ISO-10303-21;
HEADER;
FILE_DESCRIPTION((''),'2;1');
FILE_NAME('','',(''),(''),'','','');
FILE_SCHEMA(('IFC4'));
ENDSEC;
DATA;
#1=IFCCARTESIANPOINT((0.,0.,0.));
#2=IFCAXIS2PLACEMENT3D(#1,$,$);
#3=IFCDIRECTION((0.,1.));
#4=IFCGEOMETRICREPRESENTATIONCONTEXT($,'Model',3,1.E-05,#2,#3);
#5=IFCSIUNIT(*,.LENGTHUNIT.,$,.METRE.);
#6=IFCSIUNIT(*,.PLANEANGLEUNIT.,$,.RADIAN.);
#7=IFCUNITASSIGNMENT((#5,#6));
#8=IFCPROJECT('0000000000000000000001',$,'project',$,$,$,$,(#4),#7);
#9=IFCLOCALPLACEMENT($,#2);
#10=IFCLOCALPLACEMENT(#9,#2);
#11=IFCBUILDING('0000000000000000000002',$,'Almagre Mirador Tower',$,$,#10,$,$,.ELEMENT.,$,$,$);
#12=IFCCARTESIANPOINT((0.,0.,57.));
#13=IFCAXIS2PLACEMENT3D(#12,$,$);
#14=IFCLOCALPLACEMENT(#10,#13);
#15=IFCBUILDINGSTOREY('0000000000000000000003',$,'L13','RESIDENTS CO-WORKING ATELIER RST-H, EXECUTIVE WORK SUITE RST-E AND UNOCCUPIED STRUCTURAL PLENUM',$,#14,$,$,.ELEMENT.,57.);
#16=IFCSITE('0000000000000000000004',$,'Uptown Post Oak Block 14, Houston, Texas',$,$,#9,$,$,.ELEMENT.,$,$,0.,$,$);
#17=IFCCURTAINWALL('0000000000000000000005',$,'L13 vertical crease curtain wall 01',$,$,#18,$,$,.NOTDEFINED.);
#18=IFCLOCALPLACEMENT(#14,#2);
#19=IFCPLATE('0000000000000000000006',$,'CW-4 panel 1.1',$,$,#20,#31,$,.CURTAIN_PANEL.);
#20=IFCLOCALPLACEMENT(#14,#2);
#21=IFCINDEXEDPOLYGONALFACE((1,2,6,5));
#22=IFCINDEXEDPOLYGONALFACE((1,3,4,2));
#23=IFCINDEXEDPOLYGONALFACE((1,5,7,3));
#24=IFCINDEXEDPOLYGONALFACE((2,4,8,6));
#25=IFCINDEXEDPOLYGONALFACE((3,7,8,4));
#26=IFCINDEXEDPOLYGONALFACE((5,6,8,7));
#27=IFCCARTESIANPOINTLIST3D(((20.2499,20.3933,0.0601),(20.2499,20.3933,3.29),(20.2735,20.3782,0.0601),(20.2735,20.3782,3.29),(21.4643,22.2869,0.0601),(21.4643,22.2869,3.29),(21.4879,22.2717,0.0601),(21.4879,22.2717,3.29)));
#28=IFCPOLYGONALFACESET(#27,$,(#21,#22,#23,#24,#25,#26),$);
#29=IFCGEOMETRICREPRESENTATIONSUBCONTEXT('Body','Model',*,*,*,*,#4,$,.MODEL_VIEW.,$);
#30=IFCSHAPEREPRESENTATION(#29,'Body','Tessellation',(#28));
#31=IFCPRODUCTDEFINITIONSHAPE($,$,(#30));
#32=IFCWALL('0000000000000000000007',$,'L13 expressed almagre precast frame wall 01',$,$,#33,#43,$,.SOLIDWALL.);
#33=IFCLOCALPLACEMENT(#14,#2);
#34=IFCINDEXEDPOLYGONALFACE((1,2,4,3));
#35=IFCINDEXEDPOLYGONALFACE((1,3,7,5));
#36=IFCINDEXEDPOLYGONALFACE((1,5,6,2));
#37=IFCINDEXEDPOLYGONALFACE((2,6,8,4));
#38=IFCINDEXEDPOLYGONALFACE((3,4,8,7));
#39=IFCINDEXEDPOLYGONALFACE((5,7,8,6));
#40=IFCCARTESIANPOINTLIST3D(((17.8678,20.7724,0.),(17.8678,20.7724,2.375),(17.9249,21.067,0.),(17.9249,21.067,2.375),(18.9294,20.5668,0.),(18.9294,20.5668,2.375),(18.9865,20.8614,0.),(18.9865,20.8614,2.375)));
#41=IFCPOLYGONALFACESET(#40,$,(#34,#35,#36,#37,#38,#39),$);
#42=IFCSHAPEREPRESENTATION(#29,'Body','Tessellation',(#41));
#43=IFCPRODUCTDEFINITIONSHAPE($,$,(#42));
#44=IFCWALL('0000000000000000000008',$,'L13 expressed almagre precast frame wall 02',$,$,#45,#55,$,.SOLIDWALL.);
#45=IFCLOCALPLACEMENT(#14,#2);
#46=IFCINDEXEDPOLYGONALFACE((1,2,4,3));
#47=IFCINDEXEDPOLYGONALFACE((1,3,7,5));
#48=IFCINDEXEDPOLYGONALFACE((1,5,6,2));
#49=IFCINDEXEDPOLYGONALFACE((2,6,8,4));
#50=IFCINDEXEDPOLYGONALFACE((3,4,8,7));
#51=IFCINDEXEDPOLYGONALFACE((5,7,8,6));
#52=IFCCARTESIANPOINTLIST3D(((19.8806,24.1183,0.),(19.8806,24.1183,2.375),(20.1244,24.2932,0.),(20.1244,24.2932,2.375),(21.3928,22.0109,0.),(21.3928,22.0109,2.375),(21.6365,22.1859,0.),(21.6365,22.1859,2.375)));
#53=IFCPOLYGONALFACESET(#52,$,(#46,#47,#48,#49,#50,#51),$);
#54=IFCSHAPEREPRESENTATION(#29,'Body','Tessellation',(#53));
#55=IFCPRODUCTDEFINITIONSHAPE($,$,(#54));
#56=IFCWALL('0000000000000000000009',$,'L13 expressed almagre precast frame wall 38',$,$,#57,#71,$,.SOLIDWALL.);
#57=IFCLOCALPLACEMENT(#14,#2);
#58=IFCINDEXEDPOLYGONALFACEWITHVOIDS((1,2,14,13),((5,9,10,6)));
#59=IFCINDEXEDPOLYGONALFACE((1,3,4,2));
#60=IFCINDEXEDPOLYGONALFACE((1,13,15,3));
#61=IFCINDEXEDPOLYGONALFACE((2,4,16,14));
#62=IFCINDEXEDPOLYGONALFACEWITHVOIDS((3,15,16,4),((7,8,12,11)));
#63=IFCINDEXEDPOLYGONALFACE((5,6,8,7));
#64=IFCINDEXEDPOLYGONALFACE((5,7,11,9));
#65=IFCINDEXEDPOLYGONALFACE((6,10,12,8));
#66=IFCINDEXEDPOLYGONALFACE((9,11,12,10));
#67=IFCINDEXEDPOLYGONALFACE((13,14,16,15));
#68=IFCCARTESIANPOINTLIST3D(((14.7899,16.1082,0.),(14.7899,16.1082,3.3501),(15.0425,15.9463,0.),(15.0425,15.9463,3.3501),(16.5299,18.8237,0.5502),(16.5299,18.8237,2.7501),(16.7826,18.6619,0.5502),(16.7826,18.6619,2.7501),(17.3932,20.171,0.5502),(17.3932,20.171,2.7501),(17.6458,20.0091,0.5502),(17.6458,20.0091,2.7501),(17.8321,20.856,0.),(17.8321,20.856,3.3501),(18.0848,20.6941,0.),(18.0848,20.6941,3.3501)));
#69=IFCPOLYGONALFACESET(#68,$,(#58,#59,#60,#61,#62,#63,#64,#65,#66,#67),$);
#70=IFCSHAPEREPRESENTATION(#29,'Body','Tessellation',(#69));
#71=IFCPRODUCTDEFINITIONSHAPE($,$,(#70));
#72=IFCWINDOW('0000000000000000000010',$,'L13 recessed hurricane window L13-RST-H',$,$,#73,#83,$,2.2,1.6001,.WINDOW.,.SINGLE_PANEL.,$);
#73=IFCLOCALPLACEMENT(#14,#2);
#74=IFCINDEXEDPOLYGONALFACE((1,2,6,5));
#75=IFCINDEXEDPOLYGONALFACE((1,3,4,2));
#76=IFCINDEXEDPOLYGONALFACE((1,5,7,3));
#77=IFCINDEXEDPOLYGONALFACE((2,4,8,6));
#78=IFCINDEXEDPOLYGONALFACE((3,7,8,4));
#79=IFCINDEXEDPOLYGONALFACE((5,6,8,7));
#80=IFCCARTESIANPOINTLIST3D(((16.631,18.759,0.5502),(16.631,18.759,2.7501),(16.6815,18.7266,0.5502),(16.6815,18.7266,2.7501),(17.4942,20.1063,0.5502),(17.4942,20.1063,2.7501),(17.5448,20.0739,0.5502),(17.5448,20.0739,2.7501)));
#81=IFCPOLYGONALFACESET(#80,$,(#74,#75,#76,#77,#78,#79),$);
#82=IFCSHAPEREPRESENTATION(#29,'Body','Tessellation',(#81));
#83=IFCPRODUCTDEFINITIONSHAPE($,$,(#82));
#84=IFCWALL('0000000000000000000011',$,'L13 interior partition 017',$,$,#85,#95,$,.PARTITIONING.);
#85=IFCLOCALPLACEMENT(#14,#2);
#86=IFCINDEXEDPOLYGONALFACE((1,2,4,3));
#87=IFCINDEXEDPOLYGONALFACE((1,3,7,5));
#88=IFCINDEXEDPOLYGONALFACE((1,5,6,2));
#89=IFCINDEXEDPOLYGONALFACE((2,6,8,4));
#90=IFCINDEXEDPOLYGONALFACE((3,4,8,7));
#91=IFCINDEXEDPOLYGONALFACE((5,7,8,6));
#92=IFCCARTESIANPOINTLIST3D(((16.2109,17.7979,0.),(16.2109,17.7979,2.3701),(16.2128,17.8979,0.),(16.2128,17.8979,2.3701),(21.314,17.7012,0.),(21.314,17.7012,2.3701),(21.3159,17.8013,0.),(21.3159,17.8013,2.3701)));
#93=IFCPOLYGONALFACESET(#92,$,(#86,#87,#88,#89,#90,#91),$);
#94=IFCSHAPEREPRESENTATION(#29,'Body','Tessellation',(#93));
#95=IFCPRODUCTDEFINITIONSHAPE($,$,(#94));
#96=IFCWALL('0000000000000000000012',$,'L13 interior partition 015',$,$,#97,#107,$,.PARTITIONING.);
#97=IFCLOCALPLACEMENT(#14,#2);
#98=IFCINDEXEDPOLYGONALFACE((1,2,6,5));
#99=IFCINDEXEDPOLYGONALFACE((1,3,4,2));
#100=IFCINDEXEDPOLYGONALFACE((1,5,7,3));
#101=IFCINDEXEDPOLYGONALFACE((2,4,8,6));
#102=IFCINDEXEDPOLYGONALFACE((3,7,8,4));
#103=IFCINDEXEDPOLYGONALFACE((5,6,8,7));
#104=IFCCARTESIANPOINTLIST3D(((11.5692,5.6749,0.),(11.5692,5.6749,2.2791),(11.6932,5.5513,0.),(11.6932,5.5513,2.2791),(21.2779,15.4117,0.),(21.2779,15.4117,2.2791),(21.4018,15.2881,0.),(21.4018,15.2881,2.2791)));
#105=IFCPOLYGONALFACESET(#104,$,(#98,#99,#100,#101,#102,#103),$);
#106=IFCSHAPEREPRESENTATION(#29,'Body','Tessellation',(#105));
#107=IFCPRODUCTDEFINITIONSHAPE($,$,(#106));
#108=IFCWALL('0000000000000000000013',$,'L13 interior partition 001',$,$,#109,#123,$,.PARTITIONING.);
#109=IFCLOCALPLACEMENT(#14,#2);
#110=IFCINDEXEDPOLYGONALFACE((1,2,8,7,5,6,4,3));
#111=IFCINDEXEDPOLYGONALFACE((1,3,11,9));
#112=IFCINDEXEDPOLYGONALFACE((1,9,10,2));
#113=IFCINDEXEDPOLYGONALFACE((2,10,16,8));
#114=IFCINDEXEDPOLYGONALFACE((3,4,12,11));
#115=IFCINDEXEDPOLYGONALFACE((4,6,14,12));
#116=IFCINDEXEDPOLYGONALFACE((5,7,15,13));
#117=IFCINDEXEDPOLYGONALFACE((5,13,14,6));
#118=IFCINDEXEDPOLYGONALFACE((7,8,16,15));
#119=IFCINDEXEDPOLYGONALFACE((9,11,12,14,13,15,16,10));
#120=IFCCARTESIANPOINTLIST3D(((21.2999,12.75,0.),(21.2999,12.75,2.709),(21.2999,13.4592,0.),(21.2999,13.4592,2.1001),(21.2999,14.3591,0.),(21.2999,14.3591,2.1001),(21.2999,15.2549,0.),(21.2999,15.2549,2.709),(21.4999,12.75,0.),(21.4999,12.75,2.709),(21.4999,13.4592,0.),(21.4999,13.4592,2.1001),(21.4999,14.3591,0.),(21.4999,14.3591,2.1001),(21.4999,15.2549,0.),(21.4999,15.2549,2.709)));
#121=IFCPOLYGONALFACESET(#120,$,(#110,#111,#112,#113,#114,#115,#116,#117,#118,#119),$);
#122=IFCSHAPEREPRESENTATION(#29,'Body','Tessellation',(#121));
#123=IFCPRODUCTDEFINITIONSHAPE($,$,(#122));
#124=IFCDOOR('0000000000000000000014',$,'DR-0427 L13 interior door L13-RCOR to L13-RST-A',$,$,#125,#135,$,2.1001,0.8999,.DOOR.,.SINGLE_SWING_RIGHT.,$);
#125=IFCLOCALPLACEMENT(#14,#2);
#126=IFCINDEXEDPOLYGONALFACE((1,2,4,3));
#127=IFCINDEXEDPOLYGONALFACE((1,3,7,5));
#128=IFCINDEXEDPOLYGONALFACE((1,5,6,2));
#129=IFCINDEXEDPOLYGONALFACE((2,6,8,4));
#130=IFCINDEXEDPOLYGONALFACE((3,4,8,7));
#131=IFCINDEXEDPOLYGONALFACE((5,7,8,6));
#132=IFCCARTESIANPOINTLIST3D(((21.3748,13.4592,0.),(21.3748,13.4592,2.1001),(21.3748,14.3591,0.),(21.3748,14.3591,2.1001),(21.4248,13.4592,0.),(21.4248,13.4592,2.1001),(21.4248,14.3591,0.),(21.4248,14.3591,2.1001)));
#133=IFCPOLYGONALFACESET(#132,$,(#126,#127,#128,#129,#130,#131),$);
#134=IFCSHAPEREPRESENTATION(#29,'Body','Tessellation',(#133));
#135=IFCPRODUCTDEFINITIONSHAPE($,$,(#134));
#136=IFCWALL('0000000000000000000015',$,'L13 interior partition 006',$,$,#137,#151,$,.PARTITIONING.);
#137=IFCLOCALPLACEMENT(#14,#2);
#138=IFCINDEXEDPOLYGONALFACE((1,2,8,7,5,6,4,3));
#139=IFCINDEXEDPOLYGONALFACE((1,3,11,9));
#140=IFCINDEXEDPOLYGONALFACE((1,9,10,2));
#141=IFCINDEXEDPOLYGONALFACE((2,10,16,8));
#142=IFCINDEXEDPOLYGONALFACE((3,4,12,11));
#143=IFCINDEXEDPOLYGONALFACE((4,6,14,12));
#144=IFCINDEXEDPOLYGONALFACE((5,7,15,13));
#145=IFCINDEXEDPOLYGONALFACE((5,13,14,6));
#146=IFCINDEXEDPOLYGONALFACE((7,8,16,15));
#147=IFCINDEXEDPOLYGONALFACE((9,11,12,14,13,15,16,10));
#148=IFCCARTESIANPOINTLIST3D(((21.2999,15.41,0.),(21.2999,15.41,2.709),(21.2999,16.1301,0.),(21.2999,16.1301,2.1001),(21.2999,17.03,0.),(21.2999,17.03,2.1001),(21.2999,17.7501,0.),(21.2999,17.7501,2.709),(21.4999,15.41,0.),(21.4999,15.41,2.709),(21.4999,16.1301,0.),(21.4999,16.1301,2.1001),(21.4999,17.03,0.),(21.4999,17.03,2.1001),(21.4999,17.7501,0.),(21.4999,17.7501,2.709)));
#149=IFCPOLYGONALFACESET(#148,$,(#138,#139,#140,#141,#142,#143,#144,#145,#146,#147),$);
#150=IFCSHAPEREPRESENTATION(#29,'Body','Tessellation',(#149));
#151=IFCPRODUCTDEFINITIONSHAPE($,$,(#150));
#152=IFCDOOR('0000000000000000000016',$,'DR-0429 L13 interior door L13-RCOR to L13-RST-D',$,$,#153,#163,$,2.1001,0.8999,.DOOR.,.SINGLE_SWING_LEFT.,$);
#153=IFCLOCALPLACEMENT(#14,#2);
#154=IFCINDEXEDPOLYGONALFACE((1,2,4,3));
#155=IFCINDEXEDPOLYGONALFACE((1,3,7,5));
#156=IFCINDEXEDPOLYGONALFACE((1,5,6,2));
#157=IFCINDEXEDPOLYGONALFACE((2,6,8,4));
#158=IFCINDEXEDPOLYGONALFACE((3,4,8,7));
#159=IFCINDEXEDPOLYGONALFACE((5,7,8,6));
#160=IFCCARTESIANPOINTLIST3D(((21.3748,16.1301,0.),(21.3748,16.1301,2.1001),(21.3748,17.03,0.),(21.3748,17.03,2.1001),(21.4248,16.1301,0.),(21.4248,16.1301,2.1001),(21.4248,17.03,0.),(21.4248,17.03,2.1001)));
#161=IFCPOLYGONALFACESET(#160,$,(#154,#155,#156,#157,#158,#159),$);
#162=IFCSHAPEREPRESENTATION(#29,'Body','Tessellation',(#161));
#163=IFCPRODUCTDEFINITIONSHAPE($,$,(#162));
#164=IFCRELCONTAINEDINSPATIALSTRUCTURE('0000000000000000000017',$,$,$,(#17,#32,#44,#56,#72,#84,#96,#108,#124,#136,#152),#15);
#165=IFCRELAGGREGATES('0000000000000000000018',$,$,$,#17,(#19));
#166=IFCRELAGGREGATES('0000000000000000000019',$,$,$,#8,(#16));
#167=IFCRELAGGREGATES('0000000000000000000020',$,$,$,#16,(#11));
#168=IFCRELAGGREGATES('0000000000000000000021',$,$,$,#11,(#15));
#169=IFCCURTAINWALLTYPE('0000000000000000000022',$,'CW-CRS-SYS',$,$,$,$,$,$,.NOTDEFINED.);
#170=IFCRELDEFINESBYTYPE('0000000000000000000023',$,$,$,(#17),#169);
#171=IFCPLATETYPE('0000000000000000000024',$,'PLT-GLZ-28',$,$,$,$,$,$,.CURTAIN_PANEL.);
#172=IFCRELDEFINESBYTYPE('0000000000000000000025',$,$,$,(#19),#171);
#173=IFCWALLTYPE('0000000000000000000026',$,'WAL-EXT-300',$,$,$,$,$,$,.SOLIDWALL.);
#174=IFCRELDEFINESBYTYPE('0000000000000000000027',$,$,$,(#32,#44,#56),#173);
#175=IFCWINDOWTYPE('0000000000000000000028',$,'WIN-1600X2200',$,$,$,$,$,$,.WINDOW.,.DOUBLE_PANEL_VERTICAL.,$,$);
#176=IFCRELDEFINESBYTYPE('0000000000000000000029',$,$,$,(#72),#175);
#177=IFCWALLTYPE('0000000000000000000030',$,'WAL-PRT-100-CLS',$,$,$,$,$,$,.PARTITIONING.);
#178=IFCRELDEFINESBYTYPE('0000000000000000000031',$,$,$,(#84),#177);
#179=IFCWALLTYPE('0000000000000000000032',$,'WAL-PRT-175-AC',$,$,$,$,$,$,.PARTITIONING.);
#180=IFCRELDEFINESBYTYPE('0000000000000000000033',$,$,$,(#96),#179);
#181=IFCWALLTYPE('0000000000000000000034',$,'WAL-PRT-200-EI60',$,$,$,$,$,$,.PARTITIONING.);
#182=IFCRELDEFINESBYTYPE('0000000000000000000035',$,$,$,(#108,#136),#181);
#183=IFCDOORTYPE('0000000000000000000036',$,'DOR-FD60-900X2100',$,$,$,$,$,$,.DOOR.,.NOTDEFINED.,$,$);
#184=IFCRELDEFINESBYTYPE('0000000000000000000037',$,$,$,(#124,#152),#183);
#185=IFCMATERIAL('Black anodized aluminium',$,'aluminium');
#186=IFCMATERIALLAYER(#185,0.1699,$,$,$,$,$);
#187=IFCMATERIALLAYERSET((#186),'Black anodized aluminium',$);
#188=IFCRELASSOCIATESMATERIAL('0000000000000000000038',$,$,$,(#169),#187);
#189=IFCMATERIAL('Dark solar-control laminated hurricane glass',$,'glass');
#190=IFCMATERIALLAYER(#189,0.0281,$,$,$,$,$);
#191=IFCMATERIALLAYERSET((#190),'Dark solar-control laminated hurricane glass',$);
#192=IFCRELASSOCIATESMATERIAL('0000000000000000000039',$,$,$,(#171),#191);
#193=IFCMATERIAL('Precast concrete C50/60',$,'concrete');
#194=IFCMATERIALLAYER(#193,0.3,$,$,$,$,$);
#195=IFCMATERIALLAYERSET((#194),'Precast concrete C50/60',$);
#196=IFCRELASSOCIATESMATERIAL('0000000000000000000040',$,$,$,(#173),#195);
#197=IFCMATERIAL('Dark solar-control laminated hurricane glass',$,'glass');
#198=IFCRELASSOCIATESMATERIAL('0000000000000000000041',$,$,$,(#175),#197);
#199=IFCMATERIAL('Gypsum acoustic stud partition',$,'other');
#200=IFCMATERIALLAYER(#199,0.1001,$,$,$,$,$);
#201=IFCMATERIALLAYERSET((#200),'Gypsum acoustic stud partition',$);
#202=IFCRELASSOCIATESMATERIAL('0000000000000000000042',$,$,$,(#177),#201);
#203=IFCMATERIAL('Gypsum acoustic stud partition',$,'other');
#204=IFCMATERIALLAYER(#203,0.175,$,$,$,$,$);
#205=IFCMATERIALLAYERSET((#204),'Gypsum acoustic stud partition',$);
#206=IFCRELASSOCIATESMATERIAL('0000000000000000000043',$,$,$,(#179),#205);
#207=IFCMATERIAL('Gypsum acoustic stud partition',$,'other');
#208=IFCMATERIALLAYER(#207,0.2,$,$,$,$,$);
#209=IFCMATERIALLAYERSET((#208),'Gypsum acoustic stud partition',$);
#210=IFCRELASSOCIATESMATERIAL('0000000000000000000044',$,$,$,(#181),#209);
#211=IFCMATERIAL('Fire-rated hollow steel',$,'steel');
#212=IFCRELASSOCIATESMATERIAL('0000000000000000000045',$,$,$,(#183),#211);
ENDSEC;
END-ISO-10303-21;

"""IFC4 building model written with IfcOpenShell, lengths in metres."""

from ifc_helpers import new_model, si_unit, direction, frame, frame_2d, origin, origin_2d, place, context, subcontext, project, spatial, rectangle, extrude, material, layer, layer_set, type_object, element, fill, aggregate, save


model = new_model("IFC4")

# Units and contexts
model_context = context("Model", 3, precision=1e-05, world=origin(), true_north=direction((0.0, 1.0)))
body_context = subcontext(model_context, "Body", "Model", "MODEL_VIEW")
ifc_project = project(units=[si_unit("LENGTHUNIT", "METRE"), si_unit("PLANEANGLEUNIT", "RADIAN")], contexts=[model_context])

# Site, building, storey
site_placement = place(None, origin())
site = spatial("IfcSite", under=ifc_project, at=site_placement, Name="Uptown Post Oak Block 14, Houston, Texas", CompositionType="ELEMENT", RefElevation=0.0)
building_placement = place(site_placement, origin())
building = spatial("IfcBuilding", under=site, at=building_placement, Name="Almagre Mirador Tower", CompositionType="ELEMENT")
storey_placement = place(building_placement, frame((0.0, 0.0, 57.0)))
storey = spatial("IfcBuildingStorey", under=building, at=storey_placement, Name="L13", Description="RESIDENTS CO-WORKING ATELIER RST-H, EXECUTIVE WORK SUITE RST-E AND UNOCCUPIED STRUCTURAL PLENUM", CompositionType="ELEMENT", Elevation=57.0)

# Curtain wall, plate
ifc_material_1 = material(Name="Black anodized aluminium", Category="aluminium")
ifc_layer_1 = layer(ifc_material_1, 0.1699)
ifc_layer_set_1 = layer_set([ifc_layer_1], Name="Black anodized aluminium")
curtain_wall_type = type_object("IfcCurtainWallType", Name="CW-CRS-SYS", PredefinedType="NOTDEFINED", material=ifc_layer_set_1)
curtain_wall_placement = place(storey_placement, origin())
curtain_wall = element("IfcCurtainWall", 1, at=curtain_wall_placement, inside=storey, type_object=curtain_wall_type, Name="L13 vertical crease curtain wall 01", PredefinedType="NOTDEFINED")
ifc_material_2 = material(Name="Dark solar-control laminated hurricane glass", Category="glass")
ifc_layer_2 = layer(ifc_material_2, 0.0281)
ifc_layer_set_2 = layer_set([ifc_layer_2], Name="Dark solar-control laminated hurricane glass")
plate_type = type_object("IfcPlateType", Name="PLT-GLZ-28", PredefinedType="CURTAIN_PANEL", material=ifc_layer_set_2)
plate_placement = place(storey_placement, frame((20.8689, 21.3325, 0.0601), z_axis=(0.0, 0.0, 1.0), x_axis=(0.539849, 0.841762, 0.0)))
plate = element("IfcPlate", 2, at=plate_placement, type_object=plate_type, Name="CW-4 panel 1.1", PredefinedType="CURTAIN_PANEL", context=body_context, shape_type="SweptSolid", body=[
    extrude(rectangle(XDim=2.2495, YDim=0.0281, at=origin_2d()), origin(), (0.0, 0.0, 1.0), 3.23),
])
aggregate(curtain_wall, [plate])

# Walls
ifc_material_3 = material(Name="Precast concrete C50/60", Category="concrete")
ifc_layer_3 = layer(ifc_material_3, 0.3)
ifc_layer_set_3 = layer_set([ifc_layer_3], Name="Precast concrete C50/60")
wall_type_1 = type_object("IfcWallType", Name="WAL-EXT-300", PredefinedType="SOLIDWALL", material=ifc_layer_set_3)
wall_1_placement = place(storey_placement, frame((17.8965, 20.9197, 0.0), z_axis=(0.0, 0.0, 1.0), x_axis=(0.981761, -0.19012, 0.0)))
element("IfcWall", 3, at=wall_1_placement, inside=storey, type_object=wall_type_1, Name="L13 expressed almagre precast frame wall 01", PredefinedType="SOLIDWALL", context=body_context, shape_type="SweptSolid", body=[
    extrude(rectangle(XDim=1.0813, YDim=0.3, at=frame_2d((0.5405, 0.0))), origin(), (0.0, 0.0, 1.0), 2.375),
])
wall_2_placement = place(storey_placement, frame((21.5146, 22.0984, 0.0), z_axis=(0.0, 0.0, 1.0), x_axis=(-0.583, 0.812472, 0.0)))
element("IfcWall", 4, at=wall_2_placement, inside=storey, type_object=wall_type_1, Name="L13 expressed almagre precast frame wall 02", PredefinedType="SOLIDWALL", context=body_context, shape_type="SweptSolid", body=[
    extrude(rectangle(XDim=2.5938, YDim=0.3, at=frame_2d((1.2969, 0.0))), origin(), (0.0, 0.0, 1.0), 2.375),
])

# Wall, opening, window
wall_3_placement = place(storey_placement, frame((14.9163, 16.0273, 0.0), z_axis=(0.0, 0.0, 1.0), x_axis=(0.539512, 0.841978, 0.0)))
wall_3 = element("IfcWall", 5, at=wall_3_placement, inside=storey, type_object=wall_type_1, Name="L13 expressed almagre precast frame wall 38", PredefinedType="SOLIDWALL", context=body_context, shape_type="SweptSolid", body=[
    extrude(rectangle(XDim=5.6389, YDim=0.3, at=frame_2d((2.8193, 0.0))), origin(), (0.0, 0.0, 1.0), 3.3501),
])
opening_1_placement = place(wall_3_placement, frame((3.2251, 0.0, 0.55)))
opening_1 = element("IfcOpeningElement", 6, at=opening_1_placement, cuts=wall_3, PredefinedType="OPENING", context=body_context, shape_type="SweptSolid", body=[
    extrude(rectangle(XDim=1.6001, YDim=2.2, at=frame_2d((0.8, 1.1001))), frame((0.0, 0.1599, 0.0), z_axis=(0.0, -1.0, 0.0), x_axis=(1.0, 0.0, 0.0)), (0.0, 0.0, 1.0), 0.32),
])
ifc_material_4 = material(Name="Dark solar-control laminated hurricane glass", Category="glass")
window_type = type_object("IfcWindowType", Name="WIN-1600X2200", PartitioningType="DOUBLE_PANEL_VERTICAL", PredefinedType="WINDOW", material=ifc_material_4)
window_placement = place(opening_1_placement, origin())
window = element("IfcWindow", 7, at=window_placement, inside=storey, type_object=window_type, Name="L13 recessed hurricane window L13-RST-H", OverallHeight=2.2, OverallWidth=1.6001, PartitioningType="SINGLE_PANEL", PredefinedType="WINDOW", context=body_context, shape_type="SweptSolid", body=[
    extrude(rectangle(XDim=1.6001, YDim=2.2, at=frame_2d((0.8, 1.1001))), frame((0.0, 0.03, 0.0), z_axis=(0.0, -1.0, 0.0), x_axis=(1.0, 0.0, 0.0)), (0.0, 0.0, 1.0), 0.0601),
])
fill(opening_1, window)

# Walls
ifc_material_5 = material(Name="Gypsum acoustic stud partition", Category="other")
ifc_layer_4 = layer(ifc_material_5, 0.1001)
ifc_layer_set_4 = layer_set([ifc_layer_4], Name="Gypsum acoustic stud partition")
wall_type_2 = type_object("IfcWallType", Name="WAL-PRT-100-CLS", PredefinedType="PARTITIONING", material=ifc_layer_set_4)
wall_4_placement = place(storey_placement, frame((21.3149, 17.7512, 0.0), z_axis=(0.0, 0.0, 1.0), x_axis=(-0.999821, 0.018942, 0.0)))
element("IfcWall", 8, at=wall_4_placement, inside=storey, type_object=wall_type_2, Name="L13 interior partition 017", PredefinedType="PARTITIONING", context=body_context, shape_type="SweptSolid", body=[
    extrude(rectangle(XDim=5.104, YDim=0.1001, at=frame_2d((2.552, 0.0))), origin(), (0.0, 0.0, 1.0), 2.3701),
])
ifc_material_6 = material(Name="Gypsum acoustic stud partition", Category="other")
ifc_layer_5 = layer(ifc_material_6, 0.175)
ifc_layer_set_5 = layer_set([ifc_layer_5], Name="Gypsum acoustic stud partition")
wall_type_3 = type_object("IfcWallType", Name="WAL-PRT-175-AC", PredefinedType="PARTITIONING", material=ifc_layer_set_5)
wall_5_placement = place(storey_placement, frame((21.3398, 15.3499, 0.0), z_axis=(0.0, 0.0, 1.0), x_axis=(-0.706085, -0.708127, 0.0)))
element("IfcWall", 9, at=wall_5_placement, inside=storey, type_object=wall_type_3, Name="L13 interior partition 015", PredefinedType="PARTITIONING", context=body_context, shape_type="SweptSolid", body=[
    extrude(rectangle(XDim=13.75, YDim=0.175, at=frame_2d((6.875, 0.0))), origin(), (0.0, 0.0, 1.0), 2.2791),
])

# Walls, openings, doors
ifc_material_7 = material(Name="Gypsum acoustic stud partition", Category="other")
ifc_layer_6 = layer(ifc_material_7, 0.2)
ifc_layer_set_6 = layer_set([ifc_layer_6], Name="Gypsum acoustic stud partition")
wall_type_4 = type_object("IfcWallType", Name="WAL-PRT-200-EI60", PredefinedType="PARTITIONING", material=ifc_layer_set_6)
wall_6_placement = place(storey_placement, frame((21.3999, 15.2549, 0.0), z_axis=(0.0, 0.0, 1.0), x_axis=(0.0, -1.0, 0.0)))
wall_6 = element("IfcWall", 10, at=wall_6_placement, inside=storey, type_object=wall_type_4, Name="L13 interior partition 001", PredefinedType="PARTITIONING", context=body_context, shape_type="SweptSolid", body=[
    extrude(rectangle(XDim=2.5049, YDim=0.2, at=frame_2d((1.2524, 0.0))), origin(), (0.0, 0.0, 1.0), 2.709),
])
opening_2_placement = place(wall_6_placement, frame((0.8958, 0.0, 0.0)))
opening_2 = element("IfcOpeningElement", 11, at=opening_2_placement, cuts=wall_6, PredefinedType="OPENING", context=body_context, shape_type="SweptSolid", body=[
    extrude(rectangle(XDim=0.8999, YDim=2.1001, at=frame_2d((0.45, 1.05))), frame((0.0, 0.1101, 0.0), z_axis=(0.0, -1.0, 0.0), x_axis=(1.0, 0.0, 0.0)), (0.0, 0.0, 1.0), 0.22),
])
ifc_material_8 = material(Name="Fire-rated hollow steel", Category="steel")
door_type = type_object("IfcDoorType", Name="DOR-FD60-900X2100", OperationType="NOTDEFINED", PredefinedType="DOOR", material=ifc_material_8)
door_1_placement = place(opening_2_placement, origin())
door_1 = element("IfcDoor", 12, at=door_1_placement, inside=storey, type_object=door_type, Name="DR-0427 L13 interior door L13-RCOR to L13-RST-A", OperationType="SINGLE_SWING_RIGHT", OverallHeight=2.1001, OverallWidth=0.8999, PredefinedType="DOOR", context=body_context, shape_type="SweptSolid", body=[
    extrude(rectangle(XDim=0.8999, YDim=2.1001, at=frame_2d((0.45, 1.05))), frame((0.0, 0.0249, 0.0), z_axis=(0.0, -1.0, 0.0), x_axis=(1.0, 0.0, 0.0)), (0.0, 0.0, 1.0), 0.05),
])
fill(opening_2, door_1)
wall_7_placement = place(storey_placement, frame((21.3999, 17.75, 0.0), z_axis=(0.0, 0.0, 1.0), x_axis=(0.0, -1.0, 0.0)))
wall_7 = element("IfcWall", 13, at=wall_7_placement, inside=storey, type_object=wall_type_4, Name="L13 interior partition 006", PredefinedType="PARTITIONING", context=body_context, shape_type="SweptSolid", body=[
    extrude(rectangle(XDim=2.3401, YDim=0.2, at=frame_2d((1.1699, 0.0))), origin(), (0.0, 0.0, 1.0), 2.709),
])
opening_3_placement = place(wall_7_placement, frame((0.72, 0.0, 0.0)))
opening_3 = element("IfcOpeningElement", 14, at=opening_3_placement, cuts=wall_7, PredefinedType="OPENING", context=body_context, shape_type="SweptSolid", body=[
    extrude(rectangle(XDim=0.8999, YDim=2.1001, at=frame_2d((0.45, 1.05))), frame((0.0, 0.1101, 0.0), z_axis=(0.0, -1.0, 0.0), x_axis=(1.0, 0.0, 0.0)), (0.0, 0.0, 1.0), 0.22),
])
door_2_placement = place(opening_3_placement, origin())
door_2 = element("IfcDoor", 15, at=door_2_placement, inside=storey, type_object=door_type, Name="DR-0429 L13 interior door L13-RCOR to L13-RST-D", OperationType="SINGLE_SWING_LEFT", OverallHeight=2.1001, OverallWidth=0.8999, PredefinedType="DOOR", context=body_context, shape_type="SweptSolid", body=[
    extrude(rectangle(XDim=0.8999, YDim=2.1001, at=frame_2d((0.45, 1.05))), frame((0.0, 0.0249, 0.0), z_axis=(0.0, -1.0, 0.0), x_axis=(1.0, 0.0, 0.0)), (0.0, 0.0, 1.0), 0.05),
])
fill(opening_3, door_2)

save(model, "model.ifc")
